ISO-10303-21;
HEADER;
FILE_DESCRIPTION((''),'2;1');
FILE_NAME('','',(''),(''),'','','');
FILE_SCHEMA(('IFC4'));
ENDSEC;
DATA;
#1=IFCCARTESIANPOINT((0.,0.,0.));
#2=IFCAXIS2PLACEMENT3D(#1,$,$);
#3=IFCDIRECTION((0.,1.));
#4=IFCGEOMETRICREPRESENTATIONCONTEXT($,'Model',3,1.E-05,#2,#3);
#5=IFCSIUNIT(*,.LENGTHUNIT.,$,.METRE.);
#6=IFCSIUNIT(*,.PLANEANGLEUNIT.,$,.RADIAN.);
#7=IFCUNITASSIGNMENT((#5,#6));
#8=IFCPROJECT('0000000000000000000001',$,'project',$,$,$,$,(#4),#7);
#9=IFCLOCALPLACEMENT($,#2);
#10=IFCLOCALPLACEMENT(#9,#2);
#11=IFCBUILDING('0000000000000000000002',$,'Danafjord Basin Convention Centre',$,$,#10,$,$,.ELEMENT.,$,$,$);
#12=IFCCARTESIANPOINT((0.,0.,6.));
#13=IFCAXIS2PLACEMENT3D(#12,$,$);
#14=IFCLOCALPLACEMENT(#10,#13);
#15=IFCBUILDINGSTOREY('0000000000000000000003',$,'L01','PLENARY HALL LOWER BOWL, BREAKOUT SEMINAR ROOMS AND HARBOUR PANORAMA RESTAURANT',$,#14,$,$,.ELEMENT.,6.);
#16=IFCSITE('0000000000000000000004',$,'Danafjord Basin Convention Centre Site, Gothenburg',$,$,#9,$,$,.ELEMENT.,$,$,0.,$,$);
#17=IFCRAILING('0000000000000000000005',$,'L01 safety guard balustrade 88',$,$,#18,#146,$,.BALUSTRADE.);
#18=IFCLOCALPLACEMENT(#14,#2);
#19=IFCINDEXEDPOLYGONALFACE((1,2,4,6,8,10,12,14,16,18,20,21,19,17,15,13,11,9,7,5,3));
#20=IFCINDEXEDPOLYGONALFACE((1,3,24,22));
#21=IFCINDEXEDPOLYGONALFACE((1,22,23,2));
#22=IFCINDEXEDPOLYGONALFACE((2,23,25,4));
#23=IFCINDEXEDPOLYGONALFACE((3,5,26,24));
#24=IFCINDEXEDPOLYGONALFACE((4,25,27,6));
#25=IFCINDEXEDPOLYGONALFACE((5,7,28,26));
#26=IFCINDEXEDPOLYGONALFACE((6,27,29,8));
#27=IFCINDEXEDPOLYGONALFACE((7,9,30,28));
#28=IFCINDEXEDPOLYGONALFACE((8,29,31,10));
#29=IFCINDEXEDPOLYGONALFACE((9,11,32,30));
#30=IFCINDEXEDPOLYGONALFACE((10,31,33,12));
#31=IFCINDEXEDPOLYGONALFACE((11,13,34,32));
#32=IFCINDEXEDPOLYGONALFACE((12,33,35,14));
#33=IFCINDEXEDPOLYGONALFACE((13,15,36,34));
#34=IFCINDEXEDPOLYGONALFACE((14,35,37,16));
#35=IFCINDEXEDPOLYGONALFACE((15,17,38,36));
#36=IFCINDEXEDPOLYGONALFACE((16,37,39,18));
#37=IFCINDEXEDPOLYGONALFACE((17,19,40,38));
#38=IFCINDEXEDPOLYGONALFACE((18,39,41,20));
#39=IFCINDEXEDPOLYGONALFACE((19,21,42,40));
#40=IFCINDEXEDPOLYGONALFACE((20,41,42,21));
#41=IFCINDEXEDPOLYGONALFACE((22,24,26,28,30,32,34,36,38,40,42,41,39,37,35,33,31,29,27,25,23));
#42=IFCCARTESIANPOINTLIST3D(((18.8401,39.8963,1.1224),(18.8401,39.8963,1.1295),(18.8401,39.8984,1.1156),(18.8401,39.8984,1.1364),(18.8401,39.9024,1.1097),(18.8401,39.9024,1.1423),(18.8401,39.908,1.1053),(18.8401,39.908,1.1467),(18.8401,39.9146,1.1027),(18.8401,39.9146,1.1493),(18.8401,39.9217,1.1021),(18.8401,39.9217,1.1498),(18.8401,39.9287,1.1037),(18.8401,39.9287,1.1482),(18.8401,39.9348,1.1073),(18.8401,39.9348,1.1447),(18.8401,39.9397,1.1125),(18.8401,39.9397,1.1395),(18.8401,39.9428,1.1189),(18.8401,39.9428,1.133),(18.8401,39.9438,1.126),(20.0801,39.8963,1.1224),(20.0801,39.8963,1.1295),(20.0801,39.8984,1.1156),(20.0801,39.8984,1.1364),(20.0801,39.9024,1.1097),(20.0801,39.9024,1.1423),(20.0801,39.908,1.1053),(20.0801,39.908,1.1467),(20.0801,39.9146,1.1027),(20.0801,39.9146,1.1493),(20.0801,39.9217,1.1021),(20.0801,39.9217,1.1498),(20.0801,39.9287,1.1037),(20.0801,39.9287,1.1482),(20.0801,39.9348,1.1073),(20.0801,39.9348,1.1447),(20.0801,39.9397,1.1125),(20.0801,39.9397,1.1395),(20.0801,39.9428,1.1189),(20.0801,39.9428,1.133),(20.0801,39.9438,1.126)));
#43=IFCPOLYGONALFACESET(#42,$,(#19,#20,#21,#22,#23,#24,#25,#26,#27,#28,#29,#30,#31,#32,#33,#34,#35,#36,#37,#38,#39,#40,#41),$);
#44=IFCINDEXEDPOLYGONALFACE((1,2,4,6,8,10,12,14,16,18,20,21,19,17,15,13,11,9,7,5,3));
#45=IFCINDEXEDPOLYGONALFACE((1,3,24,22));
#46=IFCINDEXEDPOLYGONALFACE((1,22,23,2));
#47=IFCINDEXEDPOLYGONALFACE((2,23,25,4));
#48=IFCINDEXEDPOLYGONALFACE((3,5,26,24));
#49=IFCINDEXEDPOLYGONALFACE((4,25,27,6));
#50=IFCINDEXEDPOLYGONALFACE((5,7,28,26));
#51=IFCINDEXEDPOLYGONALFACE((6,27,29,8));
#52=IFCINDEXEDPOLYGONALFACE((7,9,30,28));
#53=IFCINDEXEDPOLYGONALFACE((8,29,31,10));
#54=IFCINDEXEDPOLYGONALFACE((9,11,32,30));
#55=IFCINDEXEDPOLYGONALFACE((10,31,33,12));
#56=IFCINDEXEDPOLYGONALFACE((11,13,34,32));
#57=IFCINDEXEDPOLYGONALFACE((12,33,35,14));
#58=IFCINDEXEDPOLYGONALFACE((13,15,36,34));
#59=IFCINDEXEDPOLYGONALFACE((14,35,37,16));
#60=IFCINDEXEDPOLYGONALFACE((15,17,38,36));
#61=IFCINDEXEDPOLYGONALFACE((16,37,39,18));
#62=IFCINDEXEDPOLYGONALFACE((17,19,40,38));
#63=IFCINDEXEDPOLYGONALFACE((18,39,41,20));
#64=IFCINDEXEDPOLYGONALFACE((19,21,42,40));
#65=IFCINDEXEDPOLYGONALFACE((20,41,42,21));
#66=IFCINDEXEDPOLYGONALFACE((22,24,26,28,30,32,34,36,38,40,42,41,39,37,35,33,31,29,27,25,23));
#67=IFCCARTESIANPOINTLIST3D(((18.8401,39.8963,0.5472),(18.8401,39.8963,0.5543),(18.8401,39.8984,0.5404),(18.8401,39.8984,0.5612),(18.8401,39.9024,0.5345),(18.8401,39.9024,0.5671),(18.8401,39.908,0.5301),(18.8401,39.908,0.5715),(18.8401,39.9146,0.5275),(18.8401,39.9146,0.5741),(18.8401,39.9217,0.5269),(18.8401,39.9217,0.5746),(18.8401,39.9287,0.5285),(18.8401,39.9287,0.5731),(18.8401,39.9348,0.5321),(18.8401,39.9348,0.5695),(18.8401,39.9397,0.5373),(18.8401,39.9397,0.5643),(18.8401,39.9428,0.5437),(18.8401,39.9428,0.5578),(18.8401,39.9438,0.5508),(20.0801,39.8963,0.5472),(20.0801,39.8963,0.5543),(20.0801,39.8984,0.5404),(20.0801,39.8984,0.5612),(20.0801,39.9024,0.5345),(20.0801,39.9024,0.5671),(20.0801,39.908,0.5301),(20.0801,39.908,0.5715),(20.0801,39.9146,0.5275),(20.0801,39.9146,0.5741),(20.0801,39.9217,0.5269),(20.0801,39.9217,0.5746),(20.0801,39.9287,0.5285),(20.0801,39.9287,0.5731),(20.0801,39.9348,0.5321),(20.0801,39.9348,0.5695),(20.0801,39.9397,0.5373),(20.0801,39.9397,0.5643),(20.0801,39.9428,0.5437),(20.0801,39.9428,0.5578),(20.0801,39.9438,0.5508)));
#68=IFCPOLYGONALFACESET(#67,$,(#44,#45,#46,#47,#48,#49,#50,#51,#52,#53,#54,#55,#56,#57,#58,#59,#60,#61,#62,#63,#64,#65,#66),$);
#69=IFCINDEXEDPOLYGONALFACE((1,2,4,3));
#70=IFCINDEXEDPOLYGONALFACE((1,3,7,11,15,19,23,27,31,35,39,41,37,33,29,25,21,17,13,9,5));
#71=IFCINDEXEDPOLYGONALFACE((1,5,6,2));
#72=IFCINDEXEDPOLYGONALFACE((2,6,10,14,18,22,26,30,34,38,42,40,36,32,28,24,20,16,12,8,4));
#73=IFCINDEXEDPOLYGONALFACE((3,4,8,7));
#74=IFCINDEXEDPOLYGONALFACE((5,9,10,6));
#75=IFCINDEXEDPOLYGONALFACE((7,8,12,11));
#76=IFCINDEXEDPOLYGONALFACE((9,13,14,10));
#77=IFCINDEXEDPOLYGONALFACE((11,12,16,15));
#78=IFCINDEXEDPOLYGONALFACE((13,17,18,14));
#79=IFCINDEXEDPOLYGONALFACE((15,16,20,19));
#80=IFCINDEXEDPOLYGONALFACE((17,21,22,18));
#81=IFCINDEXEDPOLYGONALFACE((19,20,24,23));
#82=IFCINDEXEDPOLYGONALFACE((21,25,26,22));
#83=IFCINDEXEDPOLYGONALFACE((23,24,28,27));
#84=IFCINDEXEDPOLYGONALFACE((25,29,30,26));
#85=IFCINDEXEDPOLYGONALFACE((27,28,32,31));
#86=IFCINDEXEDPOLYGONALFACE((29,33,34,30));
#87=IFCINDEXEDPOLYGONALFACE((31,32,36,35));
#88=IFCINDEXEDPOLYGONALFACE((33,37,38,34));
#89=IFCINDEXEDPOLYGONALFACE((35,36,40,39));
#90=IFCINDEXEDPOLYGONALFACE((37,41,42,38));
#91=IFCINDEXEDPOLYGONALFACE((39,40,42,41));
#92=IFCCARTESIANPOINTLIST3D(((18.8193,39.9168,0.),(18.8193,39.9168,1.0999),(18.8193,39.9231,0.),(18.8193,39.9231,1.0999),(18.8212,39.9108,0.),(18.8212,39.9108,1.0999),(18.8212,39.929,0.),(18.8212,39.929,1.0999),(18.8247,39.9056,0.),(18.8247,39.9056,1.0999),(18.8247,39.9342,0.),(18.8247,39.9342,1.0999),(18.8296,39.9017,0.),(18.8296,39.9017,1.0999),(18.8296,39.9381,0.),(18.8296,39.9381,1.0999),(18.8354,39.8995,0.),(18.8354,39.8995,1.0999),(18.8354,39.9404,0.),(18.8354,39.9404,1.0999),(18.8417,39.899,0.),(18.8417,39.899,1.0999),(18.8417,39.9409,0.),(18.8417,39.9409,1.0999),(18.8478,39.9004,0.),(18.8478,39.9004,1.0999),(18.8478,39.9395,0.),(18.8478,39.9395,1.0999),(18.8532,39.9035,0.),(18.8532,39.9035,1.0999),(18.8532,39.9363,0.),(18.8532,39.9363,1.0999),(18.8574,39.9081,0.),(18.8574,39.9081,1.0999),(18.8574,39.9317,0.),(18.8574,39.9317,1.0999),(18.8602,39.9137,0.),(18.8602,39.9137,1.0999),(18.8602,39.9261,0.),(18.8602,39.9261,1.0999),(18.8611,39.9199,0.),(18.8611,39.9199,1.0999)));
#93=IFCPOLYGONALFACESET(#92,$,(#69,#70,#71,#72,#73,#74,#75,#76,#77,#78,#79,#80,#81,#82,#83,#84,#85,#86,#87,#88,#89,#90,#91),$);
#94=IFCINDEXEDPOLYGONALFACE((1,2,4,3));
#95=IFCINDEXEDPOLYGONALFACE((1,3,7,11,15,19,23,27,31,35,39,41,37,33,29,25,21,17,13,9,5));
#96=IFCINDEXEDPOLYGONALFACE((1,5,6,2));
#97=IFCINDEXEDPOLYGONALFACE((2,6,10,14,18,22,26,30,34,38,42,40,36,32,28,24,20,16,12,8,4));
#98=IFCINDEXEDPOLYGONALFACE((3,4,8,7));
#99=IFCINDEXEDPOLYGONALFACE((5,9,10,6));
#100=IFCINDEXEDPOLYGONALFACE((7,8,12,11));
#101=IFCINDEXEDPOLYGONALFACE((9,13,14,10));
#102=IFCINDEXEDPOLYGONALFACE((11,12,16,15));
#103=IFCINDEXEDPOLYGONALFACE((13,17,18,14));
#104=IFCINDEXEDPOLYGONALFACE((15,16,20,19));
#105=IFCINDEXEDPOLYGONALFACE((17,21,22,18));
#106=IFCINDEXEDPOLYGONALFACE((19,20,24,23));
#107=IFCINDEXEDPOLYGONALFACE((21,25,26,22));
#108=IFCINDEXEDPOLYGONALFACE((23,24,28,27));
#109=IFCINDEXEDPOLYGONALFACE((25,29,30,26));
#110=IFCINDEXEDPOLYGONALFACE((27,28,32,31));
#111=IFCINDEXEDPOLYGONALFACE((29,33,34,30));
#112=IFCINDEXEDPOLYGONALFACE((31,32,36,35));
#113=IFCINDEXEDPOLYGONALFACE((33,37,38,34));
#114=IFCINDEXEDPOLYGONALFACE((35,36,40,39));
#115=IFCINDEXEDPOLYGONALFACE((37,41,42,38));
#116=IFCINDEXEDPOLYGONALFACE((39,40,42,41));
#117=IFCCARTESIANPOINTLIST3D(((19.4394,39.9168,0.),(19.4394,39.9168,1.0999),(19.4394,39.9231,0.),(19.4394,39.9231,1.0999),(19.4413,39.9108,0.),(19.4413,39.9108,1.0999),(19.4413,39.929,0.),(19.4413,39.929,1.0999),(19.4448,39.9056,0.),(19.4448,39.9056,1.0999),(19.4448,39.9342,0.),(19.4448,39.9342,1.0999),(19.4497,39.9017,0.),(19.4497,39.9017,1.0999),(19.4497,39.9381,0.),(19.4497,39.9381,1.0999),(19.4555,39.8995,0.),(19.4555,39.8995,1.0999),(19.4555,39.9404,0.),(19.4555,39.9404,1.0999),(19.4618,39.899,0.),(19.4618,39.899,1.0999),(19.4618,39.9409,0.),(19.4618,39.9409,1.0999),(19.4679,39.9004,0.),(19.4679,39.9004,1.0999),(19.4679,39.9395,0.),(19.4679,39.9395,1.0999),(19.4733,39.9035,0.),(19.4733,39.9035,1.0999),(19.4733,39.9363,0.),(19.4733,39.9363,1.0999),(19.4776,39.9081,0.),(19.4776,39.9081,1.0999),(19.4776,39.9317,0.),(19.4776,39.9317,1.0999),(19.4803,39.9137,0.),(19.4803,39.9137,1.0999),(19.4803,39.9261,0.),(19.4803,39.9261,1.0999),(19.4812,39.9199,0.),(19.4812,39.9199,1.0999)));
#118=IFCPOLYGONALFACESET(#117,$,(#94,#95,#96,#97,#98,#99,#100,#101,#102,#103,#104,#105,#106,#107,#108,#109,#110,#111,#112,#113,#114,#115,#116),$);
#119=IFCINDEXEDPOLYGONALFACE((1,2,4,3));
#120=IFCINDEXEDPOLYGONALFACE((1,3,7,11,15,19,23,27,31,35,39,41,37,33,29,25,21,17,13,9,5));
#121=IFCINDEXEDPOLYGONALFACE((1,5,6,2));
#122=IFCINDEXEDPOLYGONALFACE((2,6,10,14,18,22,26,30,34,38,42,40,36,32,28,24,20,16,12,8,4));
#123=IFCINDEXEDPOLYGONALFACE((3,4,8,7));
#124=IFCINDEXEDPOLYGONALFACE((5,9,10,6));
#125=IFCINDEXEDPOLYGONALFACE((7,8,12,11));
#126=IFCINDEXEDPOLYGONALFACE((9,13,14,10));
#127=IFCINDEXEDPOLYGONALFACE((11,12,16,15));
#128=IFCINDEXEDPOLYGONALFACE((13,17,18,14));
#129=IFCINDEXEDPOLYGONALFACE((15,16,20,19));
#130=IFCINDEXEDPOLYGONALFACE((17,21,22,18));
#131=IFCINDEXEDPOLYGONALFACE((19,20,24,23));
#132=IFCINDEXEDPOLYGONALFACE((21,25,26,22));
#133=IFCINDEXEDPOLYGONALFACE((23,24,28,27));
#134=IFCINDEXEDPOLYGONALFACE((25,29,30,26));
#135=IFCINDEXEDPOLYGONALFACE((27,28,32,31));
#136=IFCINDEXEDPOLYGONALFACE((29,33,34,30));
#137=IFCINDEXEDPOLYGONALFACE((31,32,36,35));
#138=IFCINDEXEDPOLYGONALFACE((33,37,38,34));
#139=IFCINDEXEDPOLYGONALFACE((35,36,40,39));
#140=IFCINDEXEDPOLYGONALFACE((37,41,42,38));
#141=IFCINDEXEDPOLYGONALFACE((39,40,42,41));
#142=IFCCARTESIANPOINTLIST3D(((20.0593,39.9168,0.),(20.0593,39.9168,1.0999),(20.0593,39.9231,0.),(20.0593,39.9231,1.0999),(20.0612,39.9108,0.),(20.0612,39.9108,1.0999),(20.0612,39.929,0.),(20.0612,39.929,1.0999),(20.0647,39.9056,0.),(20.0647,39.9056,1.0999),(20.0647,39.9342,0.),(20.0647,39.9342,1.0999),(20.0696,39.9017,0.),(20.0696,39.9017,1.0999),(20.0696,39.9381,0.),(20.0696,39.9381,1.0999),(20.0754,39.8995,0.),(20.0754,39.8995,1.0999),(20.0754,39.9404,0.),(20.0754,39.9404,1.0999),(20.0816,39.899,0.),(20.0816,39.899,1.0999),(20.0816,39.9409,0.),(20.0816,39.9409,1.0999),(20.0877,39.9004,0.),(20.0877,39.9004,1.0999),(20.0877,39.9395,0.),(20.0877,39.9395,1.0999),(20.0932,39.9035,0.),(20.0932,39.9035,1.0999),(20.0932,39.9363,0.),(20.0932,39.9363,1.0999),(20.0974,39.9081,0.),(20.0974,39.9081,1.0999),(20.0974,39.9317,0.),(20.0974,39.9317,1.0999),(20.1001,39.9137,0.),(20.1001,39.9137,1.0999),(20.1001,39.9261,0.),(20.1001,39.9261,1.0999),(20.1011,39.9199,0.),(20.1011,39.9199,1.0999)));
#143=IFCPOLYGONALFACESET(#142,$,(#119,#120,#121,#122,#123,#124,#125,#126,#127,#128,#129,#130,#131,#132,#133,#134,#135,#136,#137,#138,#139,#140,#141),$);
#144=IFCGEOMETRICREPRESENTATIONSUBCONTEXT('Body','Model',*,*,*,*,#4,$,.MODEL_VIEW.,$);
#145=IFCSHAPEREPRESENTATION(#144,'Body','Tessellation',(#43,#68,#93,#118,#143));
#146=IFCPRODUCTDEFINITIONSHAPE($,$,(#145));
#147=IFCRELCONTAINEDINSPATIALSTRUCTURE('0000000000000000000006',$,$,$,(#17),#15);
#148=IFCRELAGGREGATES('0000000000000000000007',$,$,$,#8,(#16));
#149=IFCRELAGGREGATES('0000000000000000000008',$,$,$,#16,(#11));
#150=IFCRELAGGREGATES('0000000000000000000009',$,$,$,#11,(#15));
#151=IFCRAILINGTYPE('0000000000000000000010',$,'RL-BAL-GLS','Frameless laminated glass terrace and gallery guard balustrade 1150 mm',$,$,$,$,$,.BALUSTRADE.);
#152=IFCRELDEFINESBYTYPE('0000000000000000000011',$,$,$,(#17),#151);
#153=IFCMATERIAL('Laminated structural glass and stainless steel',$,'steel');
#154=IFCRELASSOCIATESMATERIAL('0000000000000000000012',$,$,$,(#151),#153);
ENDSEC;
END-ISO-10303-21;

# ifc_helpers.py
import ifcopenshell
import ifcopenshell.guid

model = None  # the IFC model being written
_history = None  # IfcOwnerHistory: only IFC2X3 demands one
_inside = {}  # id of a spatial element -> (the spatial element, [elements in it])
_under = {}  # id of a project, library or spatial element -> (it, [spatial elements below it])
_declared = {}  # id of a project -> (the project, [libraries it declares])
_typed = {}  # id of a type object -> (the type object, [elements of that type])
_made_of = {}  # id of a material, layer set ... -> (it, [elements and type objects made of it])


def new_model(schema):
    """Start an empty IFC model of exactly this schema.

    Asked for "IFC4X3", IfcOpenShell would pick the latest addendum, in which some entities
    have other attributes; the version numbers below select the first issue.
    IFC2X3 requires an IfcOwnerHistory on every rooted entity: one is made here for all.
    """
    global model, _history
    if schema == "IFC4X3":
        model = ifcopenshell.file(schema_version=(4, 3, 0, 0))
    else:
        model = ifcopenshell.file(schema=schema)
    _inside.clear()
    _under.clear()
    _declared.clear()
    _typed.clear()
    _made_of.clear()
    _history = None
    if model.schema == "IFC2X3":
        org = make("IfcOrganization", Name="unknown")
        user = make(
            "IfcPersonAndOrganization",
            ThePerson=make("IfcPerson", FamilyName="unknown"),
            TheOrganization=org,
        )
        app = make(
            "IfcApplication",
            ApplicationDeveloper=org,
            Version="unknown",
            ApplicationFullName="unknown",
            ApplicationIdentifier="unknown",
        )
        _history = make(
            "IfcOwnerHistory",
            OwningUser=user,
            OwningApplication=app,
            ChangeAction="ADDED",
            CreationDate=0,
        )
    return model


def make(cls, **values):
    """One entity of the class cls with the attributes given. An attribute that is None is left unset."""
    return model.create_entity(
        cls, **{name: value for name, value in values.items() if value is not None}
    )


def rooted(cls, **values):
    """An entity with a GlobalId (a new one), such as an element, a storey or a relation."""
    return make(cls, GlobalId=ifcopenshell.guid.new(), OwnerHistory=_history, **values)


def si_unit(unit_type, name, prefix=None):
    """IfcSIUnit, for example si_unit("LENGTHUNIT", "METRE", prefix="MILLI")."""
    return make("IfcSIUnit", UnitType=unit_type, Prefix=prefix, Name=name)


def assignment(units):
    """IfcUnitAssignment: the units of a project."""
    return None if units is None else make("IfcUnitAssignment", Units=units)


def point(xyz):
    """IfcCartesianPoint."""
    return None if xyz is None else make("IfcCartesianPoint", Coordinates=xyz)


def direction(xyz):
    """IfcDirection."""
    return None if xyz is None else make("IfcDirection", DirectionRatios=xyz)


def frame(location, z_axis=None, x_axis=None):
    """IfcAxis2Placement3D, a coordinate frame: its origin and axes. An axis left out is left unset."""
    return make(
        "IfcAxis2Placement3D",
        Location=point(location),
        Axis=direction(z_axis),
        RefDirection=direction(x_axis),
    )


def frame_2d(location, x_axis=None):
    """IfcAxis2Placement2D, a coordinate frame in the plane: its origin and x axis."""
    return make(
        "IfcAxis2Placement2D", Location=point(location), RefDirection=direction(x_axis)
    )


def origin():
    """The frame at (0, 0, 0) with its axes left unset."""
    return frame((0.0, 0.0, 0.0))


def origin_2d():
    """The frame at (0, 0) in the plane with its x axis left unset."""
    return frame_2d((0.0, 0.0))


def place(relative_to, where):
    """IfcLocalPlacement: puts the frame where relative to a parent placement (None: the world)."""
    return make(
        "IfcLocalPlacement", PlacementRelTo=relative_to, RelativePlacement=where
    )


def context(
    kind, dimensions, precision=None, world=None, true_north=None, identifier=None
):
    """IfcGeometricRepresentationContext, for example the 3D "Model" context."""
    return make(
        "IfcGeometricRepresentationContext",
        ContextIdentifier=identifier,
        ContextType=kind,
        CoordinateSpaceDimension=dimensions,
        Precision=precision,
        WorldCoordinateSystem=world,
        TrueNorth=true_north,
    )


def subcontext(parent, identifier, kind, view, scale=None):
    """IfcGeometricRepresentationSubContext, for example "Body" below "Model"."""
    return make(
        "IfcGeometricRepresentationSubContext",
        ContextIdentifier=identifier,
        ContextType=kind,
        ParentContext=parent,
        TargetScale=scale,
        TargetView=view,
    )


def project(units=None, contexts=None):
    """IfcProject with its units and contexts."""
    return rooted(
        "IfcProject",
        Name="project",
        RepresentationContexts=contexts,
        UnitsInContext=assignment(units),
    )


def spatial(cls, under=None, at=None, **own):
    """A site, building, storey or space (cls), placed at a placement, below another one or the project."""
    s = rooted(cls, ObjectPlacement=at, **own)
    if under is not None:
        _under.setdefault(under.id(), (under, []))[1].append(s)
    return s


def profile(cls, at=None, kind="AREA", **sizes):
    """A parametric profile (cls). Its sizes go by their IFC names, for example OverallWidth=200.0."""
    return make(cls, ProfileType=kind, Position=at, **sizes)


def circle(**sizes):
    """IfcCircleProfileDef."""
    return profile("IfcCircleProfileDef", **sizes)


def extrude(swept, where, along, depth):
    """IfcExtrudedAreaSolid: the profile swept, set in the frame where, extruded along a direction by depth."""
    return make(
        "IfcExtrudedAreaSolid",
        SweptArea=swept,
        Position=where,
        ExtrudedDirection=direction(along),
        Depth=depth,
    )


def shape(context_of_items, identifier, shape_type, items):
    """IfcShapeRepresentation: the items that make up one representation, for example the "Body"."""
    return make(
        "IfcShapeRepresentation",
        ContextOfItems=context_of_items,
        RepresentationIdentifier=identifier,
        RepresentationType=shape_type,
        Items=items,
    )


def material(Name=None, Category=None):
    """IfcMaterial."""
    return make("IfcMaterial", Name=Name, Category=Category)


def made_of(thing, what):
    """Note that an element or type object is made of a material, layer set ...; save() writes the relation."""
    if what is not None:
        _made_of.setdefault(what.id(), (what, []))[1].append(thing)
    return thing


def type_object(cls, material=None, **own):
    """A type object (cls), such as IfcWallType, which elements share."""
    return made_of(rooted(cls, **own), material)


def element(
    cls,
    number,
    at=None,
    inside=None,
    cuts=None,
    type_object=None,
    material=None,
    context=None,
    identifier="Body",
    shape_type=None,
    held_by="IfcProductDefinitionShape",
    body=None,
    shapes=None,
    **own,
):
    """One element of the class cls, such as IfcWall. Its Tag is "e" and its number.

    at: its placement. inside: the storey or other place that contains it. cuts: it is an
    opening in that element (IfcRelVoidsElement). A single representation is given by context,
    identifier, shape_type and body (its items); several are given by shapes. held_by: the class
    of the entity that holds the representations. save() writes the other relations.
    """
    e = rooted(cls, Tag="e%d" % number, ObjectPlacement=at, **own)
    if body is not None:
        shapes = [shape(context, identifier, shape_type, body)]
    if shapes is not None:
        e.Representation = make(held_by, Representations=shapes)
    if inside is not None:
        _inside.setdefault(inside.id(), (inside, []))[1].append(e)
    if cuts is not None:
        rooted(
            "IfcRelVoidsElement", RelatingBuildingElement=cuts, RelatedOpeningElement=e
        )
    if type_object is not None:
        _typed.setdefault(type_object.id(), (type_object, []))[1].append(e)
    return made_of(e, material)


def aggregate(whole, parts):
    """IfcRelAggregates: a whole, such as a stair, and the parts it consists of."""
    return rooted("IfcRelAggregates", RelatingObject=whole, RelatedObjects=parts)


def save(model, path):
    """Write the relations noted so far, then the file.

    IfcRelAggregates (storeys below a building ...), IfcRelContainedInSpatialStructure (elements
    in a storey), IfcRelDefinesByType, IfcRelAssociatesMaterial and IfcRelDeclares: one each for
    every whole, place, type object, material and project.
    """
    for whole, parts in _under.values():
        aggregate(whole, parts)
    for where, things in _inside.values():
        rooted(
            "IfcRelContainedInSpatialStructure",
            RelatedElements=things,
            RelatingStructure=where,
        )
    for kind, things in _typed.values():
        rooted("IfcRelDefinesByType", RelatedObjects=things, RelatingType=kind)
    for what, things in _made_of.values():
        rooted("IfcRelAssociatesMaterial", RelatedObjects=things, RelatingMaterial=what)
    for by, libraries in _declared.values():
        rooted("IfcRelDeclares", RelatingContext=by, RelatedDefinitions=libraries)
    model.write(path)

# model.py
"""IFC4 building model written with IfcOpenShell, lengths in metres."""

from ifc_helpers import new_model, si_unit, direction, frame, origin, origin_2d, place, context, subcontext, project, spatial, circle, extrude, material, type_object, element, save


model = new_model("IFC4")

# Units and contexts
model_context = context("Model", 3, precision=1e-05, world=origin(), true_north=direction((0.0, 1.0)))
body_context = subcontext(model_context, "Body", "Model", "MODEL_VIEW")
ifc_project = project(units=[si_unit("LENGTHUNIT", "METRE"), si_unit("PLANEANGLEUNIT", "RADIAN")], contexts=[model_context])

# Site, building, storey
site_placement = place(None, origin())
site = spatial("IfcSite", under=ifc_project, at=site_placement, Name="Danafjord Basin Convention Centre Site, Gothenburg", CompositionType="ELEMENT", RefElevation=0.0)
building_placement = place(site_placement, origin())
building = spatial("IfcBuilding", under=site, at=building_placement, Name="Danafjord Basin Convention Centre", CompositionType="ELEMENT")
storey_placement = place(building_placement, frame((0.0, 0.0, 6.0)))
storey = spatial("IfcBuildingStorey", under=building, at=storey_placement, Name="L01", Description="PLENARY HALL LOWER BOWL, BREAKOUT SEMINAR ROOMS AND HARBOUR PANORAMA RESTAURANT", CompositionType="ELEMENT", Elevation=6.0)

# Railing
ifc_material_1 = material(Name="Laminated structural glass and stainless steel", Category="steel")
railing_type_1 = type_object("IfcRailingType", Name="RL-BAL-GLS", Description="Frameless laminated glass terrace and gallery guard balustrade 1150 mm", PredefinedType="BALUSTRADE", material=ifc_material_1)
railing_1_placement = place(storey_placement, frame((18.8401, 39.9199, 0.0)))
element("IfcRailing", 1, at=railing_1_placement, inside=storey, type_object=railing_type_1, Name="L01 safety guard balustrade 88", PredefinedType="BALUSTRADE", context=body_context, shape_type="SweptSolid", body=[
    extrude(circle(Radius=0.0239, at=origin_2d()), frame((0.0, 0.0, 1.126), z_axis=(1.0, 0.0, 0.0), x_axis=(0.0, 1.0, 0.0)), (0.0, 0.0, 1.0), 1.24),
    extrude(circle(Radius=0.0239, at=origin_2d()), frame((0.0, 0.0, 0.5508), z_axis=(1.0, 0.0, 0.0), x_axis=(0.0, 1.0, 0.0)), (0.0, 0.0, 1.0), 1.24),
    extrude(circle(Radius=0.021, at=origin_2d()), origin(), (0.0, 0.0, 1.0), 1.0999),
    extrude(circle(Radius=0.021, at=origin_2d()), frame((0.6201, 0.0, 0.0)), (0.0, 0.0, 1.0), 1.0999),
    extrude(circle(Radius=0.021, at=origin_2d()), frame((1.24, 0.0, 0.0)), (0.0, 0.0, 1.0), 1.0999),
])

save(model, "model.ifc")
